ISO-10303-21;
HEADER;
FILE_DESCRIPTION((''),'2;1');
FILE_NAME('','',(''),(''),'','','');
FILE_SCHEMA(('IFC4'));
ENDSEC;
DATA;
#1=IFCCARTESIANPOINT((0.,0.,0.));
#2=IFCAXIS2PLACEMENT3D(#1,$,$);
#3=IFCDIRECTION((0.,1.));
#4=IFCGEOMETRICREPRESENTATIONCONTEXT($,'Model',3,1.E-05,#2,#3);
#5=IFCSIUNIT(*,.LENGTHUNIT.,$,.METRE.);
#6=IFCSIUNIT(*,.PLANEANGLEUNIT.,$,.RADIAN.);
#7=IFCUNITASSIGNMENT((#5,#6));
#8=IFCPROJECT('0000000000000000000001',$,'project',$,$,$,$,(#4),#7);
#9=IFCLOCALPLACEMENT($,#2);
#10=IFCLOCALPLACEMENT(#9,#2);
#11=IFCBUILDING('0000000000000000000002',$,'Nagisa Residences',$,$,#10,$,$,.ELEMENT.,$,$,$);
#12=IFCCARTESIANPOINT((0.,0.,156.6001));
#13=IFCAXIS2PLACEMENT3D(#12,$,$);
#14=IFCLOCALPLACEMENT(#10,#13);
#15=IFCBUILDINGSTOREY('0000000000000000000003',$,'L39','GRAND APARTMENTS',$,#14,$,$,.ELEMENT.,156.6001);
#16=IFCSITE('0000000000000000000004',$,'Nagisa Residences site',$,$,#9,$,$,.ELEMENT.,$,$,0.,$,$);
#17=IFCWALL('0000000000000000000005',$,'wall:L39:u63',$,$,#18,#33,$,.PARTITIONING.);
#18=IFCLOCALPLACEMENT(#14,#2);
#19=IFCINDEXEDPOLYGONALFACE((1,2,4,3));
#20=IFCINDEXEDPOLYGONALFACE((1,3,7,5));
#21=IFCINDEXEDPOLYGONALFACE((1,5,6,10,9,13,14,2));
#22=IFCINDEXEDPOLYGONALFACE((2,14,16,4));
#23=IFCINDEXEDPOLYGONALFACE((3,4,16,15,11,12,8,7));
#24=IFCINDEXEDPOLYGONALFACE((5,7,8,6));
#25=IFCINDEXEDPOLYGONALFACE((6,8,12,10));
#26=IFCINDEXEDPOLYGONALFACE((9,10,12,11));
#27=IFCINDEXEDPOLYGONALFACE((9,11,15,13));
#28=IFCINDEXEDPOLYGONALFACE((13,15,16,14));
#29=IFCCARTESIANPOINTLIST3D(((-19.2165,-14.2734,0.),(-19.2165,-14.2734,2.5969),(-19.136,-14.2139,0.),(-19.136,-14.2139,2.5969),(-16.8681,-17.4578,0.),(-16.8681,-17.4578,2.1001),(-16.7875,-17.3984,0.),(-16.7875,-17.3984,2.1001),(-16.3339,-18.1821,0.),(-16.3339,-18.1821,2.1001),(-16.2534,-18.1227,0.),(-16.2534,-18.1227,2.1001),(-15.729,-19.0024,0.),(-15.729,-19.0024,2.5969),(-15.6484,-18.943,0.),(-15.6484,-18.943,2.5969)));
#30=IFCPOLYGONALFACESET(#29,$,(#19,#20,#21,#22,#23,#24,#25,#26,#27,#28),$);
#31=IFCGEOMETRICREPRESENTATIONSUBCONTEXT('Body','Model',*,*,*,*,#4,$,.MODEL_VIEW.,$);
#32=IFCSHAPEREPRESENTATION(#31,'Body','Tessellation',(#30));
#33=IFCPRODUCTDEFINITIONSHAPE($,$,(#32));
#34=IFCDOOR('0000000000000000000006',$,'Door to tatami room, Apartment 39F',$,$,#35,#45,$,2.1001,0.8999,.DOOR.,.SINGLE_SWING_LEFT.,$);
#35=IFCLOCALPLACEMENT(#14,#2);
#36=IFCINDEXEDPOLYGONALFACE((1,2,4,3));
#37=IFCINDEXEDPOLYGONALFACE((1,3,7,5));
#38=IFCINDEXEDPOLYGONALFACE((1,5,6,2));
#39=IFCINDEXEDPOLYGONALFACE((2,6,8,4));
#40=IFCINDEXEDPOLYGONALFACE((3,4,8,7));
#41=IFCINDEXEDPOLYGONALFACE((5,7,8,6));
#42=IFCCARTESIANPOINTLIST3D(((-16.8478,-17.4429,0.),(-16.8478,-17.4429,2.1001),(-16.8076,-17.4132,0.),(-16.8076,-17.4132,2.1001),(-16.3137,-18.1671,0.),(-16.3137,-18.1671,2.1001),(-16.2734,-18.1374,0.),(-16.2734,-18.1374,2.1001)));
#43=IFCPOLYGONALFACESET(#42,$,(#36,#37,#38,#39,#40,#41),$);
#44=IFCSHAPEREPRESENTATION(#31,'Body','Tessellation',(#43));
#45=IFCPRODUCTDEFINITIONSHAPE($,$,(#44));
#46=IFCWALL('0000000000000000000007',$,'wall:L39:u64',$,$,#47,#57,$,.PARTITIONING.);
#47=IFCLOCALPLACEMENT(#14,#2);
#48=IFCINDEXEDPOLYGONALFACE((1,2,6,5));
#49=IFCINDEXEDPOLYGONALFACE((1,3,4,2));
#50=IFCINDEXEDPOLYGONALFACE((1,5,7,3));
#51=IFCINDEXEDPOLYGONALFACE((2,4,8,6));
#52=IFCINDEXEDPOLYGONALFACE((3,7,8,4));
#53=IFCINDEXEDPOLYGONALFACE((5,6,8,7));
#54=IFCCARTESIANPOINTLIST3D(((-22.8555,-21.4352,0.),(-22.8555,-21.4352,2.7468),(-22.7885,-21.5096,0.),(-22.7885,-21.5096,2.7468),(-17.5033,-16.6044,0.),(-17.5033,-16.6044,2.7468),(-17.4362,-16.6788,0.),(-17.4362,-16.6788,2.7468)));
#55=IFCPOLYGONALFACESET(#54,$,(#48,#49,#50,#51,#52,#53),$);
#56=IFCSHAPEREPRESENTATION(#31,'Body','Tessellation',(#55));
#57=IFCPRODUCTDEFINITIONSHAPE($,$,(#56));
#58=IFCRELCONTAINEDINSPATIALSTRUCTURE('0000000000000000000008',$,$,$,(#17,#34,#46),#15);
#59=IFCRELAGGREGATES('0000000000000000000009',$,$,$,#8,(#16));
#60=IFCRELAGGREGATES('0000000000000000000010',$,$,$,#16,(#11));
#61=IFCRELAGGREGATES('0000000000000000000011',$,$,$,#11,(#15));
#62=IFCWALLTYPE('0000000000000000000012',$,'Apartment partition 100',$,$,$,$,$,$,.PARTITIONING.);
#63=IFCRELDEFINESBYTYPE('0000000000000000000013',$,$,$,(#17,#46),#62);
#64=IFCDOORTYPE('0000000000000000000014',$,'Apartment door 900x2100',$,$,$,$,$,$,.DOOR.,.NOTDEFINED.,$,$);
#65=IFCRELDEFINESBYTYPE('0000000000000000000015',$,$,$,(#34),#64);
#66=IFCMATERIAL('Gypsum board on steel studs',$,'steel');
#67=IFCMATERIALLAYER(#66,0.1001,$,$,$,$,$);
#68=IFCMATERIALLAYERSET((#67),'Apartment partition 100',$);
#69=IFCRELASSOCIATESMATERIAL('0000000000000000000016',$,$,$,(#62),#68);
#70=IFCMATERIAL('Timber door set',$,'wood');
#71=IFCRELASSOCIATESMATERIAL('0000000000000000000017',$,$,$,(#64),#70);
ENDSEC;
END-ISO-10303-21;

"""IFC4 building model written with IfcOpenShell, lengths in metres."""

from ifc_helpers import new_model, si_unit, direction, frame, frame_2d, origin, place, context, subcontext, project, spatial, rectangle, extrude, material, layer, layer_set, type_object, element, fill, save


model = new_model("IFC4")

# Units and contexts
model_context = context("Model", 3, precision=1e-05, world=origin(), true_north=direction((0.0, 1.0)))
body_context = subcontext(model_context, "Body", "Model", "MODEL_VIEW")
ifc_project = project(units=[si_unit("LENGTHUNIT", "METRE"), si_unit("PLANEANGLEUNIT", "RADIAN")], contexts=[model_context])

# Site, building, storey
site_placement = place(None, origin())
site = spatial("IfcSite", under=ifc_project, at=site_placement, Name="Nagisa Residences site", CompositionType="ELEMENT", RefElevation=0.0)
building_placement = place(site_placement, origin())
building = spatial("IfcBuilding", under=site, at=building_placement, Name="Nagisa Residences", CompositionType="ELEMENT")
storey_placement = place(building_placement, frame((0.0, 0.0, 156.6001)))
storey = spatial("IfcBuildingStorey", under=building, at=storey_placement, Name="L39", Description="GRAND APARTMENTS", CompositionType="ELEMENT", Elevation=156.6001)

# Wall, opening, door
ifc_material_1 = material(Name="Gypsum board on steel studs", Category="steel")
ifc_layer_1 = layer(ifc_material_1, 0.1001)
ifc_layer_set_1 = layer_set([ifc_layer_1], Name="Apartment partition 100")
wall_type_1 = type_object("IfcWallType", Name="Apartment partition 100", PredefinedType="PARTITIONING", material=ifc_layer_set_1)
ifc_material_2 = material(Name="Timber door set", Category="wood")
door_type_1 = type_object("IfcDoorType", Name="Apartment door 900x2100", OperationType="NOTDEFINED", PredefinedType="DOOR", material=ifc_material_2)
wall_1_placement = place(storey_placement, frame((-19.1763, -14.2437, 0.0), z_axis=(0.0, 0.0, 1.0), x_axis=(0.593532, -0.80481, 0.0)))
wall_1 = element("IfcWall", 1, at=wall_1_placement, inside=storey, type_object=wall_type_1, Name="wall:L39:u63", PredefinedType="PARTITIONING", context=body_context, shape_type="SweptSolid", body=[
    extrude(rectangle(XDim=5.876, YDim=0.1001, at=frame_2d((2.938, 0.0))), origin(), (0.0, 0.0, 1.0), 2.5969),
])
opening_1_placement = place(wall_1_placement, frame((3.9568, 0.0, 0.0)))
opening_1 = element("IfcOpeningElement", 2, at=opening_1_placement, cuts=wall_1, PredefinedType="OPENING", context=body_context, shape_type="SweptSolid", body=[
    extrude(rectangle(XDim=0.8999, YDim=2.1001, at=frame_2d((0.45, 1.05))), frame((0.0, 0.0601, 0.0), z_axis=(0.0, -1.0, 0.0), x_axis=(1.0, 0.0, 0.0)), (0.0, 0.0, 1.0), 0.1201),
])
door_1_placement = place(opening_1_placement, frame((0.8999, 0.0, 0.0), x_axis=(-1.0, 0.0, 0.0)))
door_1 = element("IfcDoor", 3, at=door_1_placement, inside=storey, type_object=door_type_1, Name="Door to tatami room, Apartment 39F", OperationType="SINGLE_SWING_LEFT", OverallHeight=2.1001, OverallWidth=0.8999, PredefinedType="DOOR", context=body_context, shape_type="SweptSolid", body=[
    extrude(rectangle(XDim=0.8999, YDim=2.1001, at=frame_2d((0.45, 1.05))), frame((0.0, 0.0249, 0.0), z_axis=(0.0, -1.0, 0.0), x_axis=(1.0, 0.0, 0.0)), (0.0, 0.0, 1.0), 0.05),
])
fill(opening_1, door_1)

# Wall
wall_2_placement = place(storey_placement, frame((-17.4697, -16.6416, 0.0), z_axis=(0.0, 0.0, 1.0), x_axis=(-0.742345, -0.670017, 0.0)))
element("IfcWall", 4, at=wall_2_placement, inside=storey, type_object=wall_type_1, Name="wall:L39:u64", PredefinedType="PARTITIONING", context=body_context, shape_type="SweptSolid", body=[
    extrude(rectangle(XDim=7.21, YDim=0.1001, at=frame_2d((3.605, 0.0))), origin(), (0.0, 0.0, 1.0), 2.7468),
])

save(model, "model.ifc")
